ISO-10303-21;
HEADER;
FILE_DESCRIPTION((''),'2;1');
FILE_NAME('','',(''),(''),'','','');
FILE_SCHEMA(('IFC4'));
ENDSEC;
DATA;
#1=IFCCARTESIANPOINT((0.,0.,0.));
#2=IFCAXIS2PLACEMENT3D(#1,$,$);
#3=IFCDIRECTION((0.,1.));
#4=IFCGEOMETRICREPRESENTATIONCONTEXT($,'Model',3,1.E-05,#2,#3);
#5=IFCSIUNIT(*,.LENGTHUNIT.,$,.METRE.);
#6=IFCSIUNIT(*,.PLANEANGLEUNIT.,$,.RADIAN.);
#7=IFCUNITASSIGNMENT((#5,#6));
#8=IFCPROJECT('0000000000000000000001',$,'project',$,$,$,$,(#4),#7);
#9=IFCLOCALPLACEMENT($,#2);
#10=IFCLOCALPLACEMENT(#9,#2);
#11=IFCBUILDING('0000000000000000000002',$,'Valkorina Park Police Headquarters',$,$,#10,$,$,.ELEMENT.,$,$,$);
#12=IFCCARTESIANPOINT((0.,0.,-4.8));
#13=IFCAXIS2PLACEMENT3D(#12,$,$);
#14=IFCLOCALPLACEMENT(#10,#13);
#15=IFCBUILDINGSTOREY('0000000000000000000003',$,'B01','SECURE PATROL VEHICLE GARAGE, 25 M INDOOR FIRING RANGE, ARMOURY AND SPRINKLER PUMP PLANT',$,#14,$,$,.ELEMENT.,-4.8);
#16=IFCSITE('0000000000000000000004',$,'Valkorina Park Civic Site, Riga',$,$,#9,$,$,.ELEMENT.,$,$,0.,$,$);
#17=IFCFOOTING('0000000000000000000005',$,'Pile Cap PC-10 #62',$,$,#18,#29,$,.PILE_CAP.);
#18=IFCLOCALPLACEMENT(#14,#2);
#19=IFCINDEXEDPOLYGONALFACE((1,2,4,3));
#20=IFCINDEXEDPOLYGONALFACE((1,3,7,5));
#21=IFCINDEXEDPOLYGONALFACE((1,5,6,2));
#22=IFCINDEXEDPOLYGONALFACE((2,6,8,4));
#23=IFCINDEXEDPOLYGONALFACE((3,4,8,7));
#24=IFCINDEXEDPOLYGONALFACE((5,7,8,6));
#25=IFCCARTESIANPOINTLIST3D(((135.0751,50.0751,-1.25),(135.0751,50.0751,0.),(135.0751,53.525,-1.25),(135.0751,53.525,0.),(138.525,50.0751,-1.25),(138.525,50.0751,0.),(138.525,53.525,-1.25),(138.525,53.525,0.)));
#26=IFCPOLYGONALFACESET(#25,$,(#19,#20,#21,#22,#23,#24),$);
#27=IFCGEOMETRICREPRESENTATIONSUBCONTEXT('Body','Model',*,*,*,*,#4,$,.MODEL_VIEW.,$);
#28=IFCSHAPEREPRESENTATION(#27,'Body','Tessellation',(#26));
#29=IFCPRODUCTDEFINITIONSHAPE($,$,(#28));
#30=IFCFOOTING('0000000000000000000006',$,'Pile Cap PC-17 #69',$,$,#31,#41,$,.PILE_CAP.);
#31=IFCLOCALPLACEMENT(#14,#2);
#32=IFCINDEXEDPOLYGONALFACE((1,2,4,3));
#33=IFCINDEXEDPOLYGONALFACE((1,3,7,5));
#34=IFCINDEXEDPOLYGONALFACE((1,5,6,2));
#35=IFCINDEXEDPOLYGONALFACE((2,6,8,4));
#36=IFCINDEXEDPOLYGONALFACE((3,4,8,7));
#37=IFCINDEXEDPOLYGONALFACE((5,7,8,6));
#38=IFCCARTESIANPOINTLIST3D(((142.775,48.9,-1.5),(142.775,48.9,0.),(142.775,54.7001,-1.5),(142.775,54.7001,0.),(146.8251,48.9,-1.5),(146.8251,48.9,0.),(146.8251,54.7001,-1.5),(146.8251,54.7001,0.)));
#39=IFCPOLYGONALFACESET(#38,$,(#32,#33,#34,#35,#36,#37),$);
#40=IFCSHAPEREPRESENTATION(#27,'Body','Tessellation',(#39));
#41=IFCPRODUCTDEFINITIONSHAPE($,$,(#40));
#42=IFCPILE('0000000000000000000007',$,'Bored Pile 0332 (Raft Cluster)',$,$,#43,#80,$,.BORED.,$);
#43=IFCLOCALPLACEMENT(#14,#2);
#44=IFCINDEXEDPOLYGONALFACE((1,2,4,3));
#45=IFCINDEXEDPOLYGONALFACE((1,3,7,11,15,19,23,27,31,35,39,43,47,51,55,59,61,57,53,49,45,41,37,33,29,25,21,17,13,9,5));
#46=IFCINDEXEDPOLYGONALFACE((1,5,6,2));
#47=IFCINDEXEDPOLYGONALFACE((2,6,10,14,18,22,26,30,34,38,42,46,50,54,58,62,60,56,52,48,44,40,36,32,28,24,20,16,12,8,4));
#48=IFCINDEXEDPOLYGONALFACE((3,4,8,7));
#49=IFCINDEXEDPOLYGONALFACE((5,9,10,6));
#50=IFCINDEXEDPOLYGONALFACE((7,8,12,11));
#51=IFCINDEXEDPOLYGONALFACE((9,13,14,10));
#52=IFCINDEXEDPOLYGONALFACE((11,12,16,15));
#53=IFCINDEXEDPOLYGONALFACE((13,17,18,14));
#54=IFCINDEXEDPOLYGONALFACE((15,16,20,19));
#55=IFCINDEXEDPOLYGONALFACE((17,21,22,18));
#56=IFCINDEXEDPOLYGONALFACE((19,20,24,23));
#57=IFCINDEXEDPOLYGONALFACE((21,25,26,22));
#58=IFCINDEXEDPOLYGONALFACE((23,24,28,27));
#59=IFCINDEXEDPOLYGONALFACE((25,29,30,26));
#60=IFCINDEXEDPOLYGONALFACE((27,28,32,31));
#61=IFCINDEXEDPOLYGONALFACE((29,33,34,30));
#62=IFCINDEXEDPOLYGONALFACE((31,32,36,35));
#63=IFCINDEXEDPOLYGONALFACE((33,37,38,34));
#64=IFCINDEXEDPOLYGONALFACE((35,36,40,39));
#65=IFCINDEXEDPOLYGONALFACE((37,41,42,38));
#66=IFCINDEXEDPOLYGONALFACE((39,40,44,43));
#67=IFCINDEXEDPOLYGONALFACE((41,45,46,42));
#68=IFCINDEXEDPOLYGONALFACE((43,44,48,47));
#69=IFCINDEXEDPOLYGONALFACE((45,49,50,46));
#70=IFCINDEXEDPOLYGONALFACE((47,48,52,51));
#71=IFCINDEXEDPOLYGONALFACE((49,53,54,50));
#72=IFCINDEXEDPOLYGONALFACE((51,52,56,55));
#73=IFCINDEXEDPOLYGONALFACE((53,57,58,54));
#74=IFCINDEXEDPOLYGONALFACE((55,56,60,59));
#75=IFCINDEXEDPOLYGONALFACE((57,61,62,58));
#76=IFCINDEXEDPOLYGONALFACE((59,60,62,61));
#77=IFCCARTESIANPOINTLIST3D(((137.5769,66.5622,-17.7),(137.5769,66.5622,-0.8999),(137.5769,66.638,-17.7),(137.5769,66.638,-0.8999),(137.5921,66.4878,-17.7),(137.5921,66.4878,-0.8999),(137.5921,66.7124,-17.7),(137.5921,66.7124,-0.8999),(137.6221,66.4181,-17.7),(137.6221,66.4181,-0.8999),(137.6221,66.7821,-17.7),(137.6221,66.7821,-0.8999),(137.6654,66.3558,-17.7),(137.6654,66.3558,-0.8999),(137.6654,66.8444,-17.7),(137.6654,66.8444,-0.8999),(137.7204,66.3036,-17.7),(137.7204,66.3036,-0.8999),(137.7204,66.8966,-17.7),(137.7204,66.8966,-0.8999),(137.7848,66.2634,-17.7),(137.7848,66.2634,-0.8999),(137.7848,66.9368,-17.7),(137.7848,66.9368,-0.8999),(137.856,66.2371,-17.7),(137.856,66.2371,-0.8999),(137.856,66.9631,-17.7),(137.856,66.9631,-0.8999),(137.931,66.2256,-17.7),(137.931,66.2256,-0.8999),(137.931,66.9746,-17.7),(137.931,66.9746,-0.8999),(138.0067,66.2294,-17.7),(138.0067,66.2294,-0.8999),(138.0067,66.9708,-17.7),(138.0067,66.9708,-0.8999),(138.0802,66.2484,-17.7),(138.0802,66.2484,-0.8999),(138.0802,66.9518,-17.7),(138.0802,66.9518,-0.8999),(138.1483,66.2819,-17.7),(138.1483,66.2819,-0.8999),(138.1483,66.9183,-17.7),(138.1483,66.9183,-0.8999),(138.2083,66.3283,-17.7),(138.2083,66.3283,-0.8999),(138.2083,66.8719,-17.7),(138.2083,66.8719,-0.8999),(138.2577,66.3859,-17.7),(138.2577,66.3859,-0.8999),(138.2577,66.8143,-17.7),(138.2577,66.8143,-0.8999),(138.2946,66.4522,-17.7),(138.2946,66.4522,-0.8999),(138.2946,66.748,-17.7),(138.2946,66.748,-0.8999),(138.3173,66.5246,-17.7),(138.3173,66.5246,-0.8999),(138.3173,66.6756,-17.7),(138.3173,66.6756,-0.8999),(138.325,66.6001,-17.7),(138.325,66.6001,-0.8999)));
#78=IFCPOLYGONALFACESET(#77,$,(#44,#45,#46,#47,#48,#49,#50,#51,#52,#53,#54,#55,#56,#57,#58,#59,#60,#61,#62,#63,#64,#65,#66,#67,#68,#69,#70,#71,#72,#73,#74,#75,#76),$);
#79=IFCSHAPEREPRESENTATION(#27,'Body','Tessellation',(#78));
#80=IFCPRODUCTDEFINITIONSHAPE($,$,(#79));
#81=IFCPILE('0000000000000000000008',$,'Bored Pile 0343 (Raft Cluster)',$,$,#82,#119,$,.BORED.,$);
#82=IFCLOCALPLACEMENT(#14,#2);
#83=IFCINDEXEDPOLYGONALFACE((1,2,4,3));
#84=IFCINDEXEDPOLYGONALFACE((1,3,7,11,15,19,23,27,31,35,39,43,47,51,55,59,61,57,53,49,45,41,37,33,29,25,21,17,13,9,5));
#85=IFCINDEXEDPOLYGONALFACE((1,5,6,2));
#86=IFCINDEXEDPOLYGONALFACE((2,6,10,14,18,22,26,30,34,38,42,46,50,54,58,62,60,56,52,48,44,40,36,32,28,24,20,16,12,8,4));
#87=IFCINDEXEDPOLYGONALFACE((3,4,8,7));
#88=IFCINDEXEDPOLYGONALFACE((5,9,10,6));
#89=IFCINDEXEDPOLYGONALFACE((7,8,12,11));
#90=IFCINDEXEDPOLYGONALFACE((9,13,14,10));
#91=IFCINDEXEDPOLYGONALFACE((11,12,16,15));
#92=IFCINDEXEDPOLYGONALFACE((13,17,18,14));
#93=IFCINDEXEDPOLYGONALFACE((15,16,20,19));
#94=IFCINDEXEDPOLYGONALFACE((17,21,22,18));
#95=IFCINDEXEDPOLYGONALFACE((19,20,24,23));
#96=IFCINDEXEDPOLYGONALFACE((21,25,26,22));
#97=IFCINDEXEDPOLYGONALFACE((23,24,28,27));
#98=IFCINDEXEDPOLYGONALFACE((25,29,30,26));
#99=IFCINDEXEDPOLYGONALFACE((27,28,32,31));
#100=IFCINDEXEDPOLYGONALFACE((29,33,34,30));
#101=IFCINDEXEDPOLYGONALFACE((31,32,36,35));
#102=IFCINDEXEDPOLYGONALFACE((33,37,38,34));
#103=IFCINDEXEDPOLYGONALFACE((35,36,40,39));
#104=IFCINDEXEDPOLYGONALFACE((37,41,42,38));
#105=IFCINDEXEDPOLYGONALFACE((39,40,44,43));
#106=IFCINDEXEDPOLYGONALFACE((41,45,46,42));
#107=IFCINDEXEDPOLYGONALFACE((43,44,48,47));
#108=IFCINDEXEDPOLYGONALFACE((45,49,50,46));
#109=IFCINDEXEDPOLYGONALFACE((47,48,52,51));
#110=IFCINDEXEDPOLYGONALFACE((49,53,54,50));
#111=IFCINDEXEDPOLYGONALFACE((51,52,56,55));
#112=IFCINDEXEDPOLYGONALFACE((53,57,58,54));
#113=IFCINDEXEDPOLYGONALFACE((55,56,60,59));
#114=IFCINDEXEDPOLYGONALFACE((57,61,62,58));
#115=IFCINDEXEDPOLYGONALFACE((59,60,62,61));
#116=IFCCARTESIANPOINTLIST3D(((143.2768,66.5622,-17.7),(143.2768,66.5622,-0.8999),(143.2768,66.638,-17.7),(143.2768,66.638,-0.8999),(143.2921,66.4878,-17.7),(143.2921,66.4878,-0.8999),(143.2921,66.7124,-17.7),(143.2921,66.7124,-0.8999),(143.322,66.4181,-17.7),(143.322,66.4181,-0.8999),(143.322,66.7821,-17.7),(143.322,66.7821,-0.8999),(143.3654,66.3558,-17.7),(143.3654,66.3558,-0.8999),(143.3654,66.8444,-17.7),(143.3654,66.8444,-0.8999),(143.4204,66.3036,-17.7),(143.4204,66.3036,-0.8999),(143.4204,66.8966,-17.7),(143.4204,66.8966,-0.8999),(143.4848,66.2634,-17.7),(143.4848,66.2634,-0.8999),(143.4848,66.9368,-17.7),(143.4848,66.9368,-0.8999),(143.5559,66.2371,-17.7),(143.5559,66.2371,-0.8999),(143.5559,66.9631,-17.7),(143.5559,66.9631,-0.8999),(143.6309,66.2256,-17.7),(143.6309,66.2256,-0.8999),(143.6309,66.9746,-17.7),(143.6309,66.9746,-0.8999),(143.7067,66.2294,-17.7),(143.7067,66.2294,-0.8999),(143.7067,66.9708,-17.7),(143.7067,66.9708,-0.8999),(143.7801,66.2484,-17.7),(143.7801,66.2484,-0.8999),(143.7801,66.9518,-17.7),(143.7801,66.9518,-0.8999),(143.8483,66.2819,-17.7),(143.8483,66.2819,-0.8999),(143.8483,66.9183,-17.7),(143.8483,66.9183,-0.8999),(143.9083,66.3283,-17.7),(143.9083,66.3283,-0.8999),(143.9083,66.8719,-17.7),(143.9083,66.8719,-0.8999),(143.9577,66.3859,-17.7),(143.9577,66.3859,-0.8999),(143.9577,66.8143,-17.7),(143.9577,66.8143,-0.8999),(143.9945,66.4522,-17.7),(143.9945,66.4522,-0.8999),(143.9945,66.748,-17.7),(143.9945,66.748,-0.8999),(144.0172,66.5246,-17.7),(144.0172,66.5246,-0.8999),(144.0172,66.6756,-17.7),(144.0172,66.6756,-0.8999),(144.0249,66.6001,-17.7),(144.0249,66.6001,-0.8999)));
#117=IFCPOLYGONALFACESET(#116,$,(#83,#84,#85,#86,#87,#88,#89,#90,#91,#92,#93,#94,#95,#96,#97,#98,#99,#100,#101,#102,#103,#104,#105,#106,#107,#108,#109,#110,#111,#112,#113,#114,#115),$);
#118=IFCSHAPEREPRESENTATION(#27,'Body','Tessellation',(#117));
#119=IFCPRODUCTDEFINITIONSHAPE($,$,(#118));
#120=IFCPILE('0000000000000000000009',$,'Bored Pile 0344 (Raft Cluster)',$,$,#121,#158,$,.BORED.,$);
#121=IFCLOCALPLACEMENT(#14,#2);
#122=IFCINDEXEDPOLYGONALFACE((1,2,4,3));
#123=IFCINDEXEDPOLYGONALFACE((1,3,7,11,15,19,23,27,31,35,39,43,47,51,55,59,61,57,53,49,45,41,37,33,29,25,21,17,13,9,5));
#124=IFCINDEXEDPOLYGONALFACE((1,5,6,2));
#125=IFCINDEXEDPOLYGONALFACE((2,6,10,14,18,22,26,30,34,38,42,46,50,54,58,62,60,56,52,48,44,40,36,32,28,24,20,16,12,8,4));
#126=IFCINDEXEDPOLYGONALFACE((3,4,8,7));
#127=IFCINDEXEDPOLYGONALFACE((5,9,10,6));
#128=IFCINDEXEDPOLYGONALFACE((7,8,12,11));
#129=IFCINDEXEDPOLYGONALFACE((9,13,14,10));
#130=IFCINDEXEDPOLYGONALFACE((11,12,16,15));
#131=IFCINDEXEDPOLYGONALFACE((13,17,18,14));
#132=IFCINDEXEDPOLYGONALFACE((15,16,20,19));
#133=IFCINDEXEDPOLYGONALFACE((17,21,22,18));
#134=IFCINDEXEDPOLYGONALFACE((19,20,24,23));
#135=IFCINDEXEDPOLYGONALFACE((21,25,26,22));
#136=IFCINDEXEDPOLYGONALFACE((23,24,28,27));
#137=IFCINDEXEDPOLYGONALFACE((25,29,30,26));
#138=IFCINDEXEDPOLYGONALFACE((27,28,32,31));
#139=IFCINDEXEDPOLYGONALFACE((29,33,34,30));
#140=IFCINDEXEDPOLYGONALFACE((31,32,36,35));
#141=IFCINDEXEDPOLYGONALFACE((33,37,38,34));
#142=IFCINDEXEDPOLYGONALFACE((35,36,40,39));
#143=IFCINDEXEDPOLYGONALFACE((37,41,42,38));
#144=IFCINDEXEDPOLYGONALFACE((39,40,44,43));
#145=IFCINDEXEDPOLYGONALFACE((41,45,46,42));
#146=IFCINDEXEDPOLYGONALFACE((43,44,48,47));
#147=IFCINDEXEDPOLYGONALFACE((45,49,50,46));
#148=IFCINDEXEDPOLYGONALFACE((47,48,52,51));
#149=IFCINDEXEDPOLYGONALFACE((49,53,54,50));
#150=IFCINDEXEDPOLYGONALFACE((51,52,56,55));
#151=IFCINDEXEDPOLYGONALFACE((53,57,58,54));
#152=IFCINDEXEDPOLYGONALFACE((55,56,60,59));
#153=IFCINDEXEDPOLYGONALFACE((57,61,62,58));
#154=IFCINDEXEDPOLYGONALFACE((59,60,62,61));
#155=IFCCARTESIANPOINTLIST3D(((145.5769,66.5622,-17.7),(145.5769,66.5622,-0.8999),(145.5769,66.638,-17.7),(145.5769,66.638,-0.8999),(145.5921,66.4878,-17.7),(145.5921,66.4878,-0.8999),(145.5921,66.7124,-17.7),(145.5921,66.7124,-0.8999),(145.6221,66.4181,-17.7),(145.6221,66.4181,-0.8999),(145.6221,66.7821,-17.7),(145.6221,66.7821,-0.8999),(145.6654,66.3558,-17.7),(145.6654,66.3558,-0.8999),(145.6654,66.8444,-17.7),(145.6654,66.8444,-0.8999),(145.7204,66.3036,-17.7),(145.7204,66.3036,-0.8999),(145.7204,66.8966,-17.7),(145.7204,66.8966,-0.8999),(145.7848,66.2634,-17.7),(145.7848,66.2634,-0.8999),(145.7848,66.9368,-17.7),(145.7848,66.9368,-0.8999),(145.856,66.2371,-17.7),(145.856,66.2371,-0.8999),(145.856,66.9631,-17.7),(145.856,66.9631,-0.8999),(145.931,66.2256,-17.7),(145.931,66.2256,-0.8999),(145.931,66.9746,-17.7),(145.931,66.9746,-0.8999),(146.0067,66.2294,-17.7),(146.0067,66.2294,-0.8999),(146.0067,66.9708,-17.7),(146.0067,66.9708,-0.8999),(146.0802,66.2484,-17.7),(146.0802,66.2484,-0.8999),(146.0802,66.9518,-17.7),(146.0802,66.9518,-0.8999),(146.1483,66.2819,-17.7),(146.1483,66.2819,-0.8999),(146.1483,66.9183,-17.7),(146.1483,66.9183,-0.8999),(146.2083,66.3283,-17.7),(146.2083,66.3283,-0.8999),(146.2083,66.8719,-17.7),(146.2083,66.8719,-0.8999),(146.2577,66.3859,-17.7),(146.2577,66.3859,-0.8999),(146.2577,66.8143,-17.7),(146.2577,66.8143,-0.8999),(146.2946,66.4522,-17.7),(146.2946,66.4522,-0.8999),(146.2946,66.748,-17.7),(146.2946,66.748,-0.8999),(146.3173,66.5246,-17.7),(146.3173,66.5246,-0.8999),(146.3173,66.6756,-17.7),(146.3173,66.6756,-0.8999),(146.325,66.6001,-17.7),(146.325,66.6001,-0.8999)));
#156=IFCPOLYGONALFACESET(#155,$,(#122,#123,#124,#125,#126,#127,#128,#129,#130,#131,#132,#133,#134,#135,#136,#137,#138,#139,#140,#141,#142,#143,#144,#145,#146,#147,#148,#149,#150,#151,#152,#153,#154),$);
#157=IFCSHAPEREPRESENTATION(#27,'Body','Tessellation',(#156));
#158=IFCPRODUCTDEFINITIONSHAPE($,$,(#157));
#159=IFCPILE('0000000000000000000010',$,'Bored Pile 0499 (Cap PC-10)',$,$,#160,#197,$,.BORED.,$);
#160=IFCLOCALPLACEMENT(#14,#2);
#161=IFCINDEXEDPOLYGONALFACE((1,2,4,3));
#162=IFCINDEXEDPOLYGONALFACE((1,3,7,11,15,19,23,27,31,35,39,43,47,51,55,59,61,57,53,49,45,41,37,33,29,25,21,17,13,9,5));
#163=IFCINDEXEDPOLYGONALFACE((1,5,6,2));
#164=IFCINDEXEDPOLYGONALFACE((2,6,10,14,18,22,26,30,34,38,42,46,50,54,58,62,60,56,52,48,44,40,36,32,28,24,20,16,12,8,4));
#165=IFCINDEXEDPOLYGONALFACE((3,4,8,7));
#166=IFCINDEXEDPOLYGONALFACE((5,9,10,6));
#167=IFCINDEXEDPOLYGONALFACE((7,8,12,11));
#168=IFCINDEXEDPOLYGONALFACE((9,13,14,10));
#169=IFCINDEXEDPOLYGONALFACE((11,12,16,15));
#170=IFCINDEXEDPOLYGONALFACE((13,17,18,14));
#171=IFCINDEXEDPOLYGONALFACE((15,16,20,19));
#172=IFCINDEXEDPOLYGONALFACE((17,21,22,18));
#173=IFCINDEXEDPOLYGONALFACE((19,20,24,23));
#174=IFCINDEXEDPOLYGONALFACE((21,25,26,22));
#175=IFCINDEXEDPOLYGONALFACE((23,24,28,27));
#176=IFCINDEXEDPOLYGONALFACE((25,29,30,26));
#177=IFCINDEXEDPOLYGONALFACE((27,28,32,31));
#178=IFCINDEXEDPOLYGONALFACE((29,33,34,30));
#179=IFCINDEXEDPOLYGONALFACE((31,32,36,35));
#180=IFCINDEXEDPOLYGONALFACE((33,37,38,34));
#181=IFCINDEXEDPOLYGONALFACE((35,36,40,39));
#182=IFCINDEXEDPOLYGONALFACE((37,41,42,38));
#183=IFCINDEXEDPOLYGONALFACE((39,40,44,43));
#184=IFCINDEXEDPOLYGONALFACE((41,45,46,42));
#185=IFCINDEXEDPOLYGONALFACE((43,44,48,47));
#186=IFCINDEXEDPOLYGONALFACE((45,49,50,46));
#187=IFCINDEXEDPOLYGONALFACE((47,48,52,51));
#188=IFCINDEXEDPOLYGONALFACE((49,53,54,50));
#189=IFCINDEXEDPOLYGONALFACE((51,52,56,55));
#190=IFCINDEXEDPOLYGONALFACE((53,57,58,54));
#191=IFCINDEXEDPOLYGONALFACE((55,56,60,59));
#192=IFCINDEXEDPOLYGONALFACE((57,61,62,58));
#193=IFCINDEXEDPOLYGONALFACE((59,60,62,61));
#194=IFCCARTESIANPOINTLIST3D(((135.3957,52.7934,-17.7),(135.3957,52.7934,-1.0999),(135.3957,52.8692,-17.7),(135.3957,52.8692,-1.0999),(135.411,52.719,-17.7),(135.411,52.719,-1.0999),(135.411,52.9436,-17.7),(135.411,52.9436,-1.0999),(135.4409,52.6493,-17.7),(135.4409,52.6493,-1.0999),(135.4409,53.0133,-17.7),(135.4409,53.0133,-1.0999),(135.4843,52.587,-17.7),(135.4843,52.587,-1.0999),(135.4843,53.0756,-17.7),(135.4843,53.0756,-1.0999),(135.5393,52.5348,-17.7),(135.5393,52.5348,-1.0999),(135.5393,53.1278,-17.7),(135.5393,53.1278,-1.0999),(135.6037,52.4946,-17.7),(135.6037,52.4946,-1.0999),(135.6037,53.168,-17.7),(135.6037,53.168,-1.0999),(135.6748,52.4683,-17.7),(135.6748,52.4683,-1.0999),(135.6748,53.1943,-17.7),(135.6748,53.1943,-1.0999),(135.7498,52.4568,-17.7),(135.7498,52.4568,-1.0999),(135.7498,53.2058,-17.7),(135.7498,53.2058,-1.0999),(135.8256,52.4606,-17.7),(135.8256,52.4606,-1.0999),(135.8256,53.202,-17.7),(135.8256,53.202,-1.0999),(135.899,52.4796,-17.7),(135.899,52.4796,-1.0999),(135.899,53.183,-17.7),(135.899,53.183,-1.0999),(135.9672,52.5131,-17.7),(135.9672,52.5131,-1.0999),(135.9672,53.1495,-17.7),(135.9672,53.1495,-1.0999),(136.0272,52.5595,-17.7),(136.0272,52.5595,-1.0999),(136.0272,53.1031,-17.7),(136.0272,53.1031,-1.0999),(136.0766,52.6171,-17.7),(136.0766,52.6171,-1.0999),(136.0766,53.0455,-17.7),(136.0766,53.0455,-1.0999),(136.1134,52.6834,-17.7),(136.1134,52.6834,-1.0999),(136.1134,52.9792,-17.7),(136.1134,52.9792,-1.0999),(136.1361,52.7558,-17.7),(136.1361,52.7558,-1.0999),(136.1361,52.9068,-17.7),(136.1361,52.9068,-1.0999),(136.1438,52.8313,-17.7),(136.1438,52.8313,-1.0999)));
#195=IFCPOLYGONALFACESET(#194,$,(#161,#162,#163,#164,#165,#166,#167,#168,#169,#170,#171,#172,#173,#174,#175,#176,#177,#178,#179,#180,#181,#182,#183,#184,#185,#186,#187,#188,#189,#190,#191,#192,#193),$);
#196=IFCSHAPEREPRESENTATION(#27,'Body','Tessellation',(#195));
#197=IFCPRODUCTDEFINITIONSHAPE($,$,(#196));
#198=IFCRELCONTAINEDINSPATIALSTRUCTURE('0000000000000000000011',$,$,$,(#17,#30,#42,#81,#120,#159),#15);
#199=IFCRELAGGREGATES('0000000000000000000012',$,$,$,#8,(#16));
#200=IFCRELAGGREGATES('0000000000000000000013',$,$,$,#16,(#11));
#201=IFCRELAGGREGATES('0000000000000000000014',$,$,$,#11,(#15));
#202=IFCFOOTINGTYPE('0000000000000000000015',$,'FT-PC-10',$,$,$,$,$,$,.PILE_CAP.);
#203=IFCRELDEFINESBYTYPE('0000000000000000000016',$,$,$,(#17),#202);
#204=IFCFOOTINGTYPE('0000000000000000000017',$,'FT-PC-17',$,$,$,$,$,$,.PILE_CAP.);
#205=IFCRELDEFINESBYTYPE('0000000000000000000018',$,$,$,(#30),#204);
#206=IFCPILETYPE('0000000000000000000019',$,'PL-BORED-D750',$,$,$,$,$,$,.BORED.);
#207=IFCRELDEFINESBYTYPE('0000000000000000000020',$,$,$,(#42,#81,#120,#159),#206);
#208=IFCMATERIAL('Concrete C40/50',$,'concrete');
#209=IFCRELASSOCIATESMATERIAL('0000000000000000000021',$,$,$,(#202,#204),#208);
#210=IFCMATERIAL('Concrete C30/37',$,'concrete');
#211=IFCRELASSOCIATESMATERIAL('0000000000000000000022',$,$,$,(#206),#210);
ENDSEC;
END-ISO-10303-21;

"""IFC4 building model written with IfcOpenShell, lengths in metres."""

from ifc_helpers import new_model, si_unit, direction, frame, origin, origin_2d, place, context, subcontext, project, spatial, rectangle, circle, extrude, material, material_profile, profile_set, type_object, element, save


model = new_model("IFC4")

# Units and contexts
model_context = context("Model", 3, precision=1e-05, world=origin(), true_north=direction((0.0, 1.0)))
body_context = subcontext(model_context, "Body", "Model", "MODEL_VIEW")
ifc_project = project(units=[si_unit("LENGTHUNIT", "METRE"), si_unit("PLANEANGLEUNIT", "RADIAN")], contexts=[model_context])

# Site, building, storey
site_placement = place(None, origin())
site = spatial("IfcSite", under=ifc_project, at=site_placement, Name="Valkorina Park Civic Site, Riga", CompositionType="ELEMENT", RefElevation=0.0)
building_placement = place(site_placement, origin())
building = spatial("IfcBuilding", under=site, at=building_placement, Name="Valkorina Park Police Headquarters", CompositionType="ELEMENT")
storey_placement = place(building_placement, frame((0.0, 0.0, -4.8)))
storey = spatial("IfcBuildingStorey", under=building, at=storey_placement, Name="B01", Description="SECURE PATROL VEHICLE GARAGE, 25 M INDOOR FIRING RANGE, ARMOURY AND SPRINKLER PUMP PLANT", CompositionType="ELEMENT", Elevation=-4.8)

# Footings
ifc_material_1 = material(Name="Concrete C40/50", Category="concrete")
footing_type_1 = type_object("IfcFootingType", Name="FT-PC-10", PredefinedType="PILE_CAP", material=ifc_material_1)
footing_1_placement = place(storey_placement, frame((136.8, 51.8, -1.25), z_axis=(0.0, 0.0, 1.0), x_axis=(1.0, 0.0, 0.0)))
element("IfcFooting", 1, at=footing_1_placement, inside=storey, type_object=footing_type_1, Name="Pile Cap PC-10 #62", PredefinedType="PILE_CAP", context=body_context, shape_type="SweptSolid", body=[
    extrude(rectangle(XDim=3.45, YDim=3.45, at=origin_2d()), origin(), (0.0, 0.0, 1.0), 1.25),
])
footing_type_2 = type_object("IfcFootingType", Name="FT-PC-17", PredefinedType="PILE_CAP", material=ifc_material_1)
footing_2_placement = place(storey_placement, frame((144.8, 51.8, -1.5), z_axis=(0.0, 0.0, 1.0), x_axis=(1.0, 0.0, 0.0)))
element("IfcFooting", 2, at=footing_2_placement, inside=storey, type_object=footing_type_2, Name="Pile Cap PC-17 #69", PredefinedType="PILE_CAP", context=body_context, shape_type="SweptSolid", body=[
    extrude(rectangle(XDim=4.05, YDim=5.8, at=origin_2d()), origin(), (0.0, 0.0, 1.0), 1.5),
])

# Piles
ifc_material_2 = material(Name="Concrete C30/37", Category="concrete")
ifc_material_profile_1 = material_profile(ifc_material_2, circle(Radius=0.375, at=origin_2d()), Name="BORED PILE D750")
ifc_profile_set_1 = profile_set([ifc_material_profile_1], Name="Concrete C30/37")
pile_type_1 = type_object("IfcPileType", Name="PL-BORED-D750", PredefinedType="BORED", material=ifc_profile_set_1)
for number, where, z_axis, x_axis, name in (
    (3, (137.95, 66.6001, -0.8999), (0.0, 0.0, -1.0), (1.0, 0.0, 0.0), "Bored Pile 0332 (Raft Cluster)"),
    (4, (143.6499, 66.6001, -0.8999), (0.0, 0.0, -1.0), (1.0, 0.0, 0.0), "Bored Pile 0343 (Raft Cluster)"),
    (5, (145.95, 66.6001, -0.8999), (0.0, 0.0, -1.0), (1.0, 0.0, 0.0), "Bored Pile 0344 (Raft Cluster)"),
):
    element("IfcPile", number, at=place(storey_placement, frame(where, z_axis=z_axis, x_axis=x_axis)), inside=storey, type_object=pile_type_1, Name=name, PredefinedType="BORED", context=body_context, shape_type="SweptSolid", body=[
        extrude(circle(Radius=0.375, at=origin_2d()), origin(), (0.0, 0.0, 1.0), 16.8),
    ])
for number, where, z_axis, x_axis, name in (
    (6, (135.7688, 52.8313, -1.0999), (0.0, 0.0, -1.0), (1.0, 0.0, 0.0), "Bored Pile 0499 (Cap PC-10)"),
):
    element("IfcPile", number, at=place(storey_placement, frame(where, z_axis=z_axis, x_axis=x_axis)), inside=storey, type_object=pile_type_1, Name=name, PredefinedType="BORED", context=body_context, shape_type="SweptSolid", body=[
        extrude(circle(Radius=0.375, at=origin_2d()), origin(), (0.0, 0.0, 1.0), 16.6001),
    ])

save(model, "model.ifc")
